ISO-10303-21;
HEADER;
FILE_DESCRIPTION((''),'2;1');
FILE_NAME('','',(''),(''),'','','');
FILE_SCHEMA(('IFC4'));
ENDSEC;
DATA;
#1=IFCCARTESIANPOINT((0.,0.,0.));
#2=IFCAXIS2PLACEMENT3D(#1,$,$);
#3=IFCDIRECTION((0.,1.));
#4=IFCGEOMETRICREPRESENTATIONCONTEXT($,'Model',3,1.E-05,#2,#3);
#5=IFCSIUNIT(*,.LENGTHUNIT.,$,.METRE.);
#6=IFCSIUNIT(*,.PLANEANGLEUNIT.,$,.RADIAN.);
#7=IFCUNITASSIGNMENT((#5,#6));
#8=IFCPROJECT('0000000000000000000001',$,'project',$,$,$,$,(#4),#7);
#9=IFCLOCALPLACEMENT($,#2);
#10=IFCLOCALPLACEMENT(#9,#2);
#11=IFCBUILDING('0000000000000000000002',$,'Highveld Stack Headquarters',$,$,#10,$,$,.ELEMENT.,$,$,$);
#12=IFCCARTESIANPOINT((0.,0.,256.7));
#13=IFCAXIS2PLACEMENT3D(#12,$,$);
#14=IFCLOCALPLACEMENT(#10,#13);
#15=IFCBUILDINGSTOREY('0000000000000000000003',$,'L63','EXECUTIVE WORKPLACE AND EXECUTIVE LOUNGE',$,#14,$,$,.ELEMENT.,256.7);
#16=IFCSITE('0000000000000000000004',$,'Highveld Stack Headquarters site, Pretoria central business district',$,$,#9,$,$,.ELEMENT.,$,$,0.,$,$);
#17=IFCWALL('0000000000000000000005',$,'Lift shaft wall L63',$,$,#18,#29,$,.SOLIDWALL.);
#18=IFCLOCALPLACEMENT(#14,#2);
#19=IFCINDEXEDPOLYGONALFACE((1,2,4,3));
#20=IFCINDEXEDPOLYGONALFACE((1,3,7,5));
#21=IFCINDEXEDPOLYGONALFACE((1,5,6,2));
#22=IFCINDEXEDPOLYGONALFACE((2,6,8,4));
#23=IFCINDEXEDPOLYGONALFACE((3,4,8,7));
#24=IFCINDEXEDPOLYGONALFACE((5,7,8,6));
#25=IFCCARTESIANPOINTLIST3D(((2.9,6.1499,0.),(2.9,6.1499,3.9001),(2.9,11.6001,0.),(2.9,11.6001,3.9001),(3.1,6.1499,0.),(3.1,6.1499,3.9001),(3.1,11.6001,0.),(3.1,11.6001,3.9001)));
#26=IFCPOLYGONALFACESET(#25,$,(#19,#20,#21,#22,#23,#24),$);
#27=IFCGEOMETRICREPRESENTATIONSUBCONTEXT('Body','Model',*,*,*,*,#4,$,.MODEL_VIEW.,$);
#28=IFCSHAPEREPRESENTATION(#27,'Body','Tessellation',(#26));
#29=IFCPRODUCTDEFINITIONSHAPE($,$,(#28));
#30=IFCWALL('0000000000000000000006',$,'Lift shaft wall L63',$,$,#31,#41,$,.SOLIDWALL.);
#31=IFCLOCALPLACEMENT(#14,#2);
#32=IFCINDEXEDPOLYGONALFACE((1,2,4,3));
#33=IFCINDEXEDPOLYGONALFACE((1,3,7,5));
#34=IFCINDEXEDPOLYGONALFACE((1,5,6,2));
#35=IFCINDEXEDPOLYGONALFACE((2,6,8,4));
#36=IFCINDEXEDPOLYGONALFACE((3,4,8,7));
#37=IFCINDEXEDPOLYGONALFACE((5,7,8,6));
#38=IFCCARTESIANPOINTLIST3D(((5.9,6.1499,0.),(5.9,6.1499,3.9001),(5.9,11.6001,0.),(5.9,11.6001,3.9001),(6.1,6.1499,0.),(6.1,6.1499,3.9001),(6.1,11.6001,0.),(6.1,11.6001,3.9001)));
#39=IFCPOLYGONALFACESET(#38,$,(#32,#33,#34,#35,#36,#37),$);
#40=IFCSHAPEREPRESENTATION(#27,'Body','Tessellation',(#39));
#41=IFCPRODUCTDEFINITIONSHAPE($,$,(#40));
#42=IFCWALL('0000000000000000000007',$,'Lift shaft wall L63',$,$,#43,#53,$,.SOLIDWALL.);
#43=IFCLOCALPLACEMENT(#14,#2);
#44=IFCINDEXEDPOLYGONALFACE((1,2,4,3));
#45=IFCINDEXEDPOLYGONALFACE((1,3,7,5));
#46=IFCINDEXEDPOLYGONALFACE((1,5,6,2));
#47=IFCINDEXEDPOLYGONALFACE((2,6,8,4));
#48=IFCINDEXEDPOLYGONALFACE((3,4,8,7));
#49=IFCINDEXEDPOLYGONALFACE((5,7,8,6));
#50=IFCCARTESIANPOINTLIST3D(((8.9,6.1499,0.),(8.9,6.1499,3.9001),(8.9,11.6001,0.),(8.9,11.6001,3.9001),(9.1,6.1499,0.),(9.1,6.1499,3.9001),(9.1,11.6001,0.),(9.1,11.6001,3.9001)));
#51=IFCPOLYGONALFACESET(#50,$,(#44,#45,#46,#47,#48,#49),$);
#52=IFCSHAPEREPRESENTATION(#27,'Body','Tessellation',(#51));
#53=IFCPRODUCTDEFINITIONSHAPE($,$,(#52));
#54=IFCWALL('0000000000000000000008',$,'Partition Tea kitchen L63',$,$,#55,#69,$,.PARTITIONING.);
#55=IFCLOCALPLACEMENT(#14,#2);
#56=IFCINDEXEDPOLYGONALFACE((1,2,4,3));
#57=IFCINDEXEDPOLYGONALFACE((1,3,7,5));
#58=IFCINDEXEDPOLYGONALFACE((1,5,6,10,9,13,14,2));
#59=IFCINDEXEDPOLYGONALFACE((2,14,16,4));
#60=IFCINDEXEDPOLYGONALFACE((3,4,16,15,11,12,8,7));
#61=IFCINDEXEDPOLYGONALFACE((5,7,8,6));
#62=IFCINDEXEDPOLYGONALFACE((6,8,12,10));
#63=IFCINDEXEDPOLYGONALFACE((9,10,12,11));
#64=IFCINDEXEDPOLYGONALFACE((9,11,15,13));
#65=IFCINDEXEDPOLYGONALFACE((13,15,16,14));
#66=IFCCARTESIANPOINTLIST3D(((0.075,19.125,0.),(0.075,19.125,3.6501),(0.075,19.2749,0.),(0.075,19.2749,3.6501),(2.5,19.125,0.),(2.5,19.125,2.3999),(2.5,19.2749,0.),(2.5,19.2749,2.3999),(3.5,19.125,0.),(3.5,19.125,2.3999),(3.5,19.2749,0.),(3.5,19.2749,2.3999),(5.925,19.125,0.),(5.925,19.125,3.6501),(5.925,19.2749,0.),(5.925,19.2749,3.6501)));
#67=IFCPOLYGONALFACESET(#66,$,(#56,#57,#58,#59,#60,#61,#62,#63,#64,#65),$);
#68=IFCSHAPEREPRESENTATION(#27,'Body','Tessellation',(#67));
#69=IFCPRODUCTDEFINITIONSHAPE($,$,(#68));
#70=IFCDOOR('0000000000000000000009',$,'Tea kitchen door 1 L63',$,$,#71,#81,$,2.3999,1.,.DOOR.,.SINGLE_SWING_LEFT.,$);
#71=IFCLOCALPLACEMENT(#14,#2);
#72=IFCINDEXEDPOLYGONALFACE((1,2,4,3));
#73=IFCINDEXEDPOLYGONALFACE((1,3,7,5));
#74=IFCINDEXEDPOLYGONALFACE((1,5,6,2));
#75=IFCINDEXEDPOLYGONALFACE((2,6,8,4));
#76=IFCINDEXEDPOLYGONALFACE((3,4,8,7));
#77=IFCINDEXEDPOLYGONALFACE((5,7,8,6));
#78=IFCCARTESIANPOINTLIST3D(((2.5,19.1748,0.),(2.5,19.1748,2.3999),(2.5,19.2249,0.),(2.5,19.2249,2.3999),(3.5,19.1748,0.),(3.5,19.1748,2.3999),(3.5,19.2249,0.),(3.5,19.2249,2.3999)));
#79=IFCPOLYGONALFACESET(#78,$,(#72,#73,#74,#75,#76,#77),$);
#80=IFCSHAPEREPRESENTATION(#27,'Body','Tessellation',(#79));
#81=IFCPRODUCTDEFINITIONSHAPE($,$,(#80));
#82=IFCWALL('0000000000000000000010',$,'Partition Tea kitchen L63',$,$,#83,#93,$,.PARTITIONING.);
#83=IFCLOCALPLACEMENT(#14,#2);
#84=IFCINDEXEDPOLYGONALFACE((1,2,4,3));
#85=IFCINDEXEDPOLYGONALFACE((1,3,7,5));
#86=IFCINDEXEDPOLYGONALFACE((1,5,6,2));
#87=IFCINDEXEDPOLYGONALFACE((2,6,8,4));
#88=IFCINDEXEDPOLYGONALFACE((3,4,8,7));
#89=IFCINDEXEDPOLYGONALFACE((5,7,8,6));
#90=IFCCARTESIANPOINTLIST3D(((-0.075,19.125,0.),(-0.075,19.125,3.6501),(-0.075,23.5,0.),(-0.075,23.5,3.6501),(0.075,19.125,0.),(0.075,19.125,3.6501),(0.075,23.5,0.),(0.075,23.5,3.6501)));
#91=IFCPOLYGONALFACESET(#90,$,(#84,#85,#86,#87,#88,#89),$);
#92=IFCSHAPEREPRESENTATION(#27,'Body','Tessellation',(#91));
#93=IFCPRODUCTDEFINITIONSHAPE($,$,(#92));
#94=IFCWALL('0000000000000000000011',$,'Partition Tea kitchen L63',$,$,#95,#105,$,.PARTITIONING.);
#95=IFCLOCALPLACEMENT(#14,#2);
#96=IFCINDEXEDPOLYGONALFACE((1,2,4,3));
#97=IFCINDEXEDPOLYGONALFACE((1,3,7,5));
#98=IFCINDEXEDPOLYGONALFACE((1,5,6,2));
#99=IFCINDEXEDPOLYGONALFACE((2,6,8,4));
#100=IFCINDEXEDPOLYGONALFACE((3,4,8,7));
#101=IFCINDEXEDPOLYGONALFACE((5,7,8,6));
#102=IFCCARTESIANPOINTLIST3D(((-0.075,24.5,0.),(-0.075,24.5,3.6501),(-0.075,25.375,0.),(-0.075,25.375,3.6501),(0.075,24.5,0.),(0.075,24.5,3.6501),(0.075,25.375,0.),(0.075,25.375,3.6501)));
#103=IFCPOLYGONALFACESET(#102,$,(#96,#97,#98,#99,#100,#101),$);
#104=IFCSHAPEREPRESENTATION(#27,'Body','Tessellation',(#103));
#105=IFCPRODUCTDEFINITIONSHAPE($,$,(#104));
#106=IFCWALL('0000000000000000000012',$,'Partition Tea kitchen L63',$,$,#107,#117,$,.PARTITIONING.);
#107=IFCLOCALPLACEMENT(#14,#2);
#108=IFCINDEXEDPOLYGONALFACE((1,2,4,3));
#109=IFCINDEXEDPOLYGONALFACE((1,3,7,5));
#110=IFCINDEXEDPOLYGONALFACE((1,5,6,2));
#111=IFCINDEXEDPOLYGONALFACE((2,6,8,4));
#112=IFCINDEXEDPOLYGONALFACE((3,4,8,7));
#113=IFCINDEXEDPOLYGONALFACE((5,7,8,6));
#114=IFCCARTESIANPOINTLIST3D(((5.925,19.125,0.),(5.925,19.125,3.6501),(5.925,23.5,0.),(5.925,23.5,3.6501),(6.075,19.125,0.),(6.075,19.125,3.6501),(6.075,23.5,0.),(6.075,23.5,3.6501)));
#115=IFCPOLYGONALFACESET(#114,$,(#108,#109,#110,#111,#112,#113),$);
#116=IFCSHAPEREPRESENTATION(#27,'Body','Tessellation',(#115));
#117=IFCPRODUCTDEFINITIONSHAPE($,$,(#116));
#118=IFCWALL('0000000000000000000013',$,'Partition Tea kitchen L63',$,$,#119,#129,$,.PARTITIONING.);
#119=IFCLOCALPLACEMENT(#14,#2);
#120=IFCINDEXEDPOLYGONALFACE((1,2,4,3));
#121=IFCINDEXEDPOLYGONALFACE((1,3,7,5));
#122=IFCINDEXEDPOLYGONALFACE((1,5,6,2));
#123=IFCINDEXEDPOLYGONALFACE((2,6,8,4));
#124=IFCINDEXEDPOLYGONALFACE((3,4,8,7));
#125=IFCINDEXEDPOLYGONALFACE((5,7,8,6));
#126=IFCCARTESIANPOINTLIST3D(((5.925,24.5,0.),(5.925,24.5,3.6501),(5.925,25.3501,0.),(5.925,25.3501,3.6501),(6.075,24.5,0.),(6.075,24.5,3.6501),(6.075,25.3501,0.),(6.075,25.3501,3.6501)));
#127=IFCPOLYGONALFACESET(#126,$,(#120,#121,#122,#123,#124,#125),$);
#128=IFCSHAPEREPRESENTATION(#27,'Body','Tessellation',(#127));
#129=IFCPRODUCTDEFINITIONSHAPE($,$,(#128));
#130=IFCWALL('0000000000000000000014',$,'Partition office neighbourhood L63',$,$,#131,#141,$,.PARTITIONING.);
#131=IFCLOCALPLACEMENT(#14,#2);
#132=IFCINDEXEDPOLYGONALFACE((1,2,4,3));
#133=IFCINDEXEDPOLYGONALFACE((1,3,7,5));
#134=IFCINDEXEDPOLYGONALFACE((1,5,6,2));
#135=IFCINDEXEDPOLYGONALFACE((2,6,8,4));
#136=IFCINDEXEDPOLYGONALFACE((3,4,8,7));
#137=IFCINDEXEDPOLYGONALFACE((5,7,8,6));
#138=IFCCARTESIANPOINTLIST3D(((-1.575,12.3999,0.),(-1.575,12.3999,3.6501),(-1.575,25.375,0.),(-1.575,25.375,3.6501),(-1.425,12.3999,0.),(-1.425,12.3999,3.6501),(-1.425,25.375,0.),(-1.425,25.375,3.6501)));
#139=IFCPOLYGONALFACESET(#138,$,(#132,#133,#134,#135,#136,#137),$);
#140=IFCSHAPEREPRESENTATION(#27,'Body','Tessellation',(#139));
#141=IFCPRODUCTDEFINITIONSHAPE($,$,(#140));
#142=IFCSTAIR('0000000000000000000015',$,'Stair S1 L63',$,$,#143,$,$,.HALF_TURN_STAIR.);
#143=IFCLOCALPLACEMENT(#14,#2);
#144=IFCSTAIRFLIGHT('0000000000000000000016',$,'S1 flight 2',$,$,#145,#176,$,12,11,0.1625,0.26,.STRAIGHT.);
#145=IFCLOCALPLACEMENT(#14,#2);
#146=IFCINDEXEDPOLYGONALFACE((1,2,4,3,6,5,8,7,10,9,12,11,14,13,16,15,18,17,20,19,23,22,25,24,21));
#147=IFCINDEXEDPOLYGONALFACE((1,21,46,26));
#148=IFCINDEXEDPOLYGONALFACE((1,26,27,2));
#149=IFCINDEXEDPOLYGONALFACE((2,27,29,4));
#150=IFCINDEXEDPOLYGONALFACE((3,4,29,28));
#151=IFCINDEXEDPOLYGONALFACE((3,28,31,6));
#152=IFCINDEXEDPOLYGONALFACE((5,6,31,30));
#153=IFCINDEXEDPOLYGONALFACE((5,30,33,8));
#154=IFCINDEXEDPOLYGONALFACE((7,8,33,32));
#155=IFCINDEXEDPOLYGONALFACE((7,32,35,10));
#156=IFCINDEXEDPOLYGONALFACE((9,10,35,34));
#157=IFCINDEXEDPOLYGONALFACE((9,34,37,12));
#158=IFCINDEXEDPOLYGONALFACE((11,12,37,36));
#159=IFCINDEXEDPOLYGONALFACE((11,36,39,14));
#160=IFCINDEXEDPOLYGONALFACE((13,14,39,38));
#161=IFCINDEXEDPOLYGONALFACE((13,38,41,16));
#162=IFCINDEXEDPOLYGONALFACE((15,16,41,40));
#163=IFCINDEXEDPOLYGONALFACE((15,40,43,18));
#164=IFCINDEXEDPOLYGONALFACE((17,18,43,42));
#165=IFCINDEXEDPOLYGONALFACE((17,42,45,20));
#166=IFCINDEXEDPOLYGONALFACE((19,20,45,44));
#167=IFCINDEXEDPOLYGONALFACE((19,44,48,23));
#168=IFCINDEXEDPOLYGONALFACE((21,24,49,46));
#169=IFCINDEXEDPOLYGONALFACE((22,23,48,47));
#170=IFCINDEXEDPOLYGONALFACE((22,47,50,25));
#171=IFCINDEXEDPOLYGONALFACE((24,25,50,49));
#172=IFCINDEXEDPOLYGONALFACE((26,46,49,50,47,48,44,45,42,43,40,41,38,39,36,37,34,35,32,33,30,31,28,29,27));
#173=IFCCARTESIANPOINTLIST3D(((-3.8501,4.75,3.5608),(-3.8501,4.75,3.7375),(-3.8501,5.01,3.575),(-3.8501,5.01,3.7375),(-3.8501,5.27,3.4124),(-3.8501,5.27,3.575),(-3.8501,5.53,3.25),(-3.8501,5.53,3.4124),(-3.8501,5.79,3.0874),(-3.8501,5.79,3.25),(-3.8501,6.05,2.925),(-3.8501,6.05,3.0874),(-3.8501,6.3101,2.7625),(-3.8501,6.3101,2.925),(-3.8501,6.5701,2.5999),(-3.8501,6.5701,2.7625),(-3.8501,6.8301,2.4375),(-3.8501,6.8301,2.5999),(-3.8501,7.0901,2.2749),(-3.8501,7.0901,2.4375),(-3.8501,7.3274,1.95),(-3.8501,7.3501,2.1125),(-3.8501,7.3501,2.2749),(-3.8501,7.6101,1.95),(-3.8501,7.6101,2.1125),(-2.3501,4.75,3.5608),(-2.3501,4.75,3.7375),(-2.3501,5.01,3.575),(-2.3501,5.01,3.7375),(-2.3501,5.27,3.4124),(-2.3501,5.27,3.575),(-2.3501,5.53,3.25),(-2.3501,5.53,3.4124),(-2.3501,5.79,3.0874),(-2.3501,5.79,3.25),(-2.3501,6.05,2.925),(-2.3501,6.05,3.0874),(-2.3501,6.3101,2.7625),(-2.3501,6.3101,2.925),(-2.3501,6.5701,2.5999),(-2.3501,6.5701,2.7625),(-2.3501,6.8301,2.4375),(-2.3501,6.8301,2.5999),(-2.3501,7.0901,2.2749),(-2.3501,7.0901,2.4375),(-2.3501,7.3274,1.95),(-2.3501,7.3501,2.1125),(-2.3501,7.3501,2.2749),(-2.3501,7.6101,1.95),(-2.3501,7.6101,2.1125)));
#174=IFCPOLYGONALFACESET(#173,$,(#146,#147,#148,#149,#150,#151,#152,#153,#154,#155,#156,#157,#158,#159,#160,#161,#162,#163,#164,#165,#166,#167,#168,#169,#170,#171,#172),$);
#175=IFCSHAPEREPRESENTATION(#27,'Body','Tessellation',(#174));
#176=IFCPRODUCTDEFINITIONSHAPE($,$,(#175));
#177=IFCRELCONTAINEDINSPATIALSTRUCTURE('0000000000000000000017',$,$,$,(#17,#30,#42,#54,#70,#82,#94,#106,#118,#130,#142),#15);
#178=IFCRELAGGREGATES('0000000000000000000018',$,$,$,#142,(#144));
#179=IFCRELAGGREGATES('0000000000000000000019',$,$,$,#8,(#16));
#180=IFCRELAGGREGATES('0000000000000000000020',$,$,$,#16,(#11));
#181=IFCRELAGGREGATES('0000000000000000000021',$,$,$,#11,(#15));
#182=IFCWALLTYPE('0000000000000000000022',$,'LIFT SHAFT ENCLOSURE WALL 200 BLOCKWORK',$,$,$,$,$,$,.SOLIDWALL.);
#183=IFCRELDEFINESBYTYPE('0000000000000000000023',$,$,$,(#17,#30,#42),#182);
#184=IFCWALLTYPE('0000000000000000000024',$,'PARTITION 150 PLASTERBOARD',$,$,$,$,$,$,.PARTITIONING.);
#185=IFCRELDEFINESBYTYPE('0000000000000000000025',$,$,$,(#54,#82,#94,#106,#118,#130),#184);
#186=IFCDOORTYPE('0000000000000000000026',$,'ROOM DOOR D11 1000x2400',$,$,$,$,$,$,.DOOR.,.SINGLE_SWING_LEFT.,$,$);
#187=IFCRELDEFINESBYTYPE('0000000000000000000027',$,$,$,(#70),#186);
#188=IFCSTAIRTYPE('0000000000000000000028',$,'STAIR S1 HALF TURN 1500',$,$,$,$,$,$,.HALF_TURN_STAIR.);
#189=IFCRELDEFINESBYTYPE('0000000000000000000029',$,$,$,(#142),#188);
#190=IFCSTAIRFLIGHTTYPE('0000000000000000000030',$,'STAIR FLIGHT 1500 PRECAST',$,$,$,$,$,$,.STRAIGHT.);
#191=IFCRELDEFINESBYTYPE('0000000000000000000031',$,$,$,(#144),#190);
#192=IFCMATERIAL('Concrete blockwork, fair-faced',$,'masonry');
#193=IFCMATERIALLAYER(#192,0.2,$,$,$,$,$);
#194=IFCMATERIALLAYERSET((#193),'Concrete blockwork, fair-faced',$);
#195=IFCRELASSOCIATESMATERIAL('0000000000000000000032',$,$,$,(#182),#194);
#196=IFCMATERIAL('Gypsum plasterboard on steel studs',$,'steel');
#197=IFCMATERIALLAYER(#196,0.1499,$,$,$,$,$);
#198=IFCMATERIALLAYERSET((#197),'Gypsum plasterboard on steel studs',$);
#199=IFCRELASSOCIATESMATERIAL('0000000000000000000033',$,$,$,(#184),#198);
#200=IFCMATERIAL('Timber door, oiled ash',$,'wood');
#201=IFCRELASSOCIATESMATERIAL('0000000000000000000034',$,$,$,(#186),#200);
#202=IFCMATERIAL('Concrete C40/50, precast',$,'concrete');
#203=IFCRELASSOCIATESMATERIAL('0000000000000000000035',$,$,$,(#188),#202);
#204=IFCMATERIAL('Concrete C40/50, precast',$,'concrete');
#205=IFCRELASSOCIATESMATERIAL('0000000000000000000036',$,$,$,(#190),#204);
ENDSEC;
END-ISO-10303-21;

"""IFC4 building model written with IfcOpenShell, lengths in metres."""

from ifc_helpers import new_model, si_unit, direction, frame, frame_2d, origin, place, context, subcontext, project, spatial, polyline, rectangle, outline, extrude, material, layer, layer_set, type_object, element, fill, aggregate, save


model = new_model("IFC4")

# Units and contexts
model_context = context("Model", 3, precision=1e-05, world=origin(), true_north=direction((0.0, 1.0)))
body_context = subcontext(model_context, "Body", "Model", "MODEL_VIEW")
ifc_project = project(units=[si_unit("LENGTHUNIT", "METRE"), si_unit("PLANEANGLEUNIT", "RADIAN")], contexts=[model_context])

# Site, building, storey
site_placement = place(None, origin())
site = spatial("IfcSite", under=ifc_project, at=site_placement, Name="Highveld Stack Headquarters site, Pretoria central business district", CompositionType="ELEMENT", RefElevation=0.0)
building_placement = place(site_placement, origin())
building = spatial("IfcBuilding", under=site, at=building_placement, Name="Highveld Stack Headquarters", CompositionType="ELEMENT")
storey_placement = place(building_placement, frame((0.0, 0.0, 256.7)))
storey = spatial("IfcBuildingStorey", under=building, at=storey_placement, Name="L63", Description="EXECUTIVE WORKPLACE AND EXECUTIVE LOUNGE", CompositionType="ELEMENT", Elevation=256.7)

# Walls
ifc_material_1 = material(Name="Concrete blockwork, fair-faced", Category="masonry")
ifc_layer_1 = layer(ifc_material_1, 0.2)
ifc_layer_set_1 = layer_set([ifc_layer_1], Name="Concrete blockwork, fair-faced")
wall_type_1 = type_object("IfcWallType", Name="LIFT SHAFT ENCLOSURE WALL 200 BLOCKWORK", PredefinedType="SOLIDWALL", material=ifc_layer_set_1)
for number, where, z_axis, x_axis, name in (
    (1, (3.0, 6.1499, 0.0), (0.0, 0.0, 1.0), (0.0, 1.0, 0.0), "Lift shaft wall L63"),
    (2, (6.0, 6.1499, 0.0), (0.0, 0.0, 1.0), (0.0, 1.0, 0.0), "Lift shaft wall L63"),
    (3, (9.0, 6.1499, 0.0), (0.0, 0.0, 1.0), (0.0, 1.0, 0.0), "Lift shaft wall L63"),
):
    element("IfcWall", number, at=place(storey_placement, frame(where, z_axis=z_axis, x_axis=x_axis)), inside=storey, type_object=wall_type_1, Name=name, PredefinedType="SOLIDWALL", context=body_context, shape_type="SweptSolid", body=[
        extrude(rectangle(XDim=5.4502, YDim=0.2, at=frame_2d((2.7251, 0.0))), origin(), (0.0, 0.0, 1.0), 3.9001),
    ])

# Wall, opening, door
ifc_material_2 = material(Name="Gypsum plasterboard on steel studs", Category="steel")
ifc_layer_2 = layer(ifc_material_2, 0.1499)
ifc_layer_set_2 = layer_set([ifc_layer_2], Name="Gypsum plasterboard on steel studs")
wall_type_2 = type_object("IfcWallType", Name="PARTITION 150 PLASTERBOARD", PredefinedType="PARTITIONING", material=ifc_layer_set_2)
wall_1_placement = place(storey_placement, frame((0.075, 19.2, 0.0), z_axis=(0.0, 0.0, 1.0), x_axis=(1.0, 0.0, 0.0)))
wall_1 = element("IfcWall", 4, at=wall_1_placement, inside=storey, type_object=wall_type_2, Name="Partition Tea kitchen L63", PredefinedType="PARTITIONING", context=body_context, shape_type="SweptSolid", body=[
    extrude(rectangle(XDim=5.8501, YDim=0.1499, at=frame_2d((2.925, 0.0))), origin(), (0.0, 0.0, 1.0), 3.6501),
])
opening_1_placement = place(wall_1_placement, frame((2.425, 0.0, 0.0)))
opening_1 = element("IfcOpeningElement", 5, at=opening_1_placement, cuts=wall_1, PredefinedType="OPENING", context=body_context, shape_type="SweptSolid", body=[
    extrude(rectangle(XDim=1.0, YDim=2.3999, at=frame_2d((0.5, 1.2))), frame((0.0, 0.085, 0.0), z_axis=(0.0, -1.0, 0.0), x_axis=(1.0, 0.0, 0.0)), (0.0, 0.0, 1.0), 0.1699),
])
ifc_material_3 = material(Name="Timber door, oiled ash", Category="wood")
door_type_1 = type_object("IfcDoorType", Name="ROOM DOOR D11 1000x2400", OperationType="SINGLE_SWING_LEFT", PredefinedType="DOOR", material=ifc_material_3)
door_1_placement = place(opening_1_placement, origin())
door_1 = element("IfcDoor", 6, at=door_1_placement, inside=storey, type_object=door_type_1, Name="Tea kitchen door 1 L63", OperationType="SINGLE_SWING_LEFT", OverallHeight=2.3999, OverallWidth=1.0, PredefinedType="DOOR", context=body_context, shape_type="SweptSolid", body=[
    extrude(rectangle(XDim=1.0, YDim=2.3999, at=frame_2d((0.5, 1.2))), frame((0.0, 0.0249, 0.0), z_axis=(0.0, -1.0, 0.0), x_axis=(1.0, 0.0, 0.0)), (0.0, 0.0, 1.0), 0.05),
])
fill(opening_1, door_1)

# Walls
wall_2_placement = place(storey_placement, frame((0.0, 19.125, 0.0), z_axis=(0.0, 0.0, 1.0), x_axis=(0.0, 1.0, 0.0)))
element("IfcWall", 7, at=wall_2_placement, inside=storey, type_object=wall_type_2, Name="Partition Tea kitchen L63", PredefinedType="PARTITIONING", context=body_context, shape_type="SweptSolid", body=[
    extrude(rectangle(XDim=4.375, YDim=0.1499, at=frame_2d((2.1875, 0.0))), origin(), (0.0, 0.0, 1.0), 3.6501),
])
wall_3_placement = place(storey_placement, frame((0.0, 24.5, 0.0), z_axis=(0.0, 0.0, 1.0), x_axis=(0.0, 1.0, 0.0)))
element("IfcWall", 8, at=wall_3_placement, inside=storey, type_object=wall_type_2, Name="Partition Tea kitchen L63", PredefinedType="PARTITIONING", context=body_context, shape_type="SweptSolid", body=[
    extrude(rectangle(XDim=0.875, YDim=0.1499, at=frame_2d((0.4375, 0.0))), origin(), (0.0, 0.0, 1.0), 3.6501),
])
wall_4_placement = place(storey_placement, frame((6.0, 19.125, 0.0), z_axis=(0.0, 0.0, 1.0), x_axis=(0.0, 1.0, 0.0)))
element("IfcWall", 9, at=wall_4_placement, inside=storey, type_object=wall_type_2, Name="Partition Tea kitchen L63", PredefinedType="PARTITIONING", context=body_context, shape_type="SweptSolid", body=[
    extrude(rectangle(XDim=4.375, YDim=0.1499, at=frame_2d((2.1875, 0.0))), origin(), (0.0, 0.0, 1.0), 3.6501),
])
wall_5_placement = place(storey_placement, frame((6.0, 24.5, 0.0), z_axis=(0.0, 0.0, 1.0), x_axis=(0.0, 1.0, 0.0)))
element("IfcWall", 10, at=wall_5_placement, inside=storey, type_object=wall_type_2, Name="Partition Tea kitchen L63", PredefinedType="PARTITIONING", context=body_context, shape_type="SweptSolid", body=[
    extrude(rectangle(XDim=0.8501, YDim=0.1499, at=frame_2d((0.425, 0.0))), origin(), (0.0, 0.0, 1.0), 3.6501),
])
wall_6_placement = place(storey_placement, frame((-1.5, 12.3999, 0.0), z_axis=(0.0, 0.0, 1.0), x_axis=(0.0, 1.0, 0.0)))
element("IfcWall", 11, at=wall_6_placement, inside=storey, type_object=wall_type_2, Name="Partition office neighbourhood L63", PredefinedType="PARTITIONING", context=body_context, shape_type="SweptSolid", body=[
    extrude(rectangle(XDim=12.9751, YDim=0.1499, at=frame_2d((6.4875, 0.0))), origin(), (0.0, 0.0, 1.0), 3.6501),
])

# Stair, stair flight
ifc_material_4 = material(Name="Concrete C40/50, precast", Category="concrete")
stair_type = type_object("IfcStairType", Name="STAIR S1 HALF TURN 1500", PredefinedType="HALF_TURN_STAIR", material=ifc_material_4)
stair_placement = place(storey_placement, origin())
stair = element("IfcStair", 12, at=stair_placement, inside=storey, type_object=stair_type, Name="Stair S1 L63", PredefinedType="HALF_TURN_STAIR")
ifc_material_5 = material(Name="Concrete C40/50, precast", Category="concrete")
stair_flight_type = type_object("IfcStairFlightType", Name="STAIR FLIGHT 1500 PRECAST", PredefinedType="STRAIGHT", material=ifc_material_5)
stair_flight_placement = place(storey_placement, frame((-3.1001, 7.6101, 1.95), z_axis=(0.0, 0.0, 1.0), x_axis=(0.0, -1.0, 0.0)))
stair_flight = element("IfcStairFlight", 13, at=stair_flight_placement, type_object=stair_flight_type, Name="S1 flight 2", NumberOfRisers=12, NumberOfTreads=11, PredefinedType="STRAIGHT", RiserHeight=0.1625, TreadLength=0.26, context=body_context, shape_type="SweptSolid", body=[
    extrude(outline(polyline([(0.0, 0.0), (0.0, 0.1626), (0.26, 0.1626), (0.26, 0.325), (0.52, 0.325), (0.52, 0.4875), (0.78, 0.4875), (0.78, 0.6499), (1.04, 0.6499), (1.04, 0.8125), (1.3, 0.8125), (1.3, 0.9751), (1.5601, 0.9751), (1.5601, 1.1375), (1.8201, 1.1375), (1.8201, 1.3), (2.0801, 1.3), (2.0801, 1.4624), (2.3401, 1.4624), (2.3401, 1.625), (2.6001, 1.625), (2.6001, 1.7876), (2.8601, 1.7876), (2.8601, 1.95), (2.8601, 1.6108), (0.2827, 0.0), (0.0, 0.0)])), frame((0.0, 0.75, 0.0), z_axis=(0.0, -1.0, 0.0), x_axis=(1.0, 0.0, 0.0)), (0.0, 0.0, 1.0), 1.5),
])
aggregate(stair, [stair_flight])

save(model, "model.ifc")
